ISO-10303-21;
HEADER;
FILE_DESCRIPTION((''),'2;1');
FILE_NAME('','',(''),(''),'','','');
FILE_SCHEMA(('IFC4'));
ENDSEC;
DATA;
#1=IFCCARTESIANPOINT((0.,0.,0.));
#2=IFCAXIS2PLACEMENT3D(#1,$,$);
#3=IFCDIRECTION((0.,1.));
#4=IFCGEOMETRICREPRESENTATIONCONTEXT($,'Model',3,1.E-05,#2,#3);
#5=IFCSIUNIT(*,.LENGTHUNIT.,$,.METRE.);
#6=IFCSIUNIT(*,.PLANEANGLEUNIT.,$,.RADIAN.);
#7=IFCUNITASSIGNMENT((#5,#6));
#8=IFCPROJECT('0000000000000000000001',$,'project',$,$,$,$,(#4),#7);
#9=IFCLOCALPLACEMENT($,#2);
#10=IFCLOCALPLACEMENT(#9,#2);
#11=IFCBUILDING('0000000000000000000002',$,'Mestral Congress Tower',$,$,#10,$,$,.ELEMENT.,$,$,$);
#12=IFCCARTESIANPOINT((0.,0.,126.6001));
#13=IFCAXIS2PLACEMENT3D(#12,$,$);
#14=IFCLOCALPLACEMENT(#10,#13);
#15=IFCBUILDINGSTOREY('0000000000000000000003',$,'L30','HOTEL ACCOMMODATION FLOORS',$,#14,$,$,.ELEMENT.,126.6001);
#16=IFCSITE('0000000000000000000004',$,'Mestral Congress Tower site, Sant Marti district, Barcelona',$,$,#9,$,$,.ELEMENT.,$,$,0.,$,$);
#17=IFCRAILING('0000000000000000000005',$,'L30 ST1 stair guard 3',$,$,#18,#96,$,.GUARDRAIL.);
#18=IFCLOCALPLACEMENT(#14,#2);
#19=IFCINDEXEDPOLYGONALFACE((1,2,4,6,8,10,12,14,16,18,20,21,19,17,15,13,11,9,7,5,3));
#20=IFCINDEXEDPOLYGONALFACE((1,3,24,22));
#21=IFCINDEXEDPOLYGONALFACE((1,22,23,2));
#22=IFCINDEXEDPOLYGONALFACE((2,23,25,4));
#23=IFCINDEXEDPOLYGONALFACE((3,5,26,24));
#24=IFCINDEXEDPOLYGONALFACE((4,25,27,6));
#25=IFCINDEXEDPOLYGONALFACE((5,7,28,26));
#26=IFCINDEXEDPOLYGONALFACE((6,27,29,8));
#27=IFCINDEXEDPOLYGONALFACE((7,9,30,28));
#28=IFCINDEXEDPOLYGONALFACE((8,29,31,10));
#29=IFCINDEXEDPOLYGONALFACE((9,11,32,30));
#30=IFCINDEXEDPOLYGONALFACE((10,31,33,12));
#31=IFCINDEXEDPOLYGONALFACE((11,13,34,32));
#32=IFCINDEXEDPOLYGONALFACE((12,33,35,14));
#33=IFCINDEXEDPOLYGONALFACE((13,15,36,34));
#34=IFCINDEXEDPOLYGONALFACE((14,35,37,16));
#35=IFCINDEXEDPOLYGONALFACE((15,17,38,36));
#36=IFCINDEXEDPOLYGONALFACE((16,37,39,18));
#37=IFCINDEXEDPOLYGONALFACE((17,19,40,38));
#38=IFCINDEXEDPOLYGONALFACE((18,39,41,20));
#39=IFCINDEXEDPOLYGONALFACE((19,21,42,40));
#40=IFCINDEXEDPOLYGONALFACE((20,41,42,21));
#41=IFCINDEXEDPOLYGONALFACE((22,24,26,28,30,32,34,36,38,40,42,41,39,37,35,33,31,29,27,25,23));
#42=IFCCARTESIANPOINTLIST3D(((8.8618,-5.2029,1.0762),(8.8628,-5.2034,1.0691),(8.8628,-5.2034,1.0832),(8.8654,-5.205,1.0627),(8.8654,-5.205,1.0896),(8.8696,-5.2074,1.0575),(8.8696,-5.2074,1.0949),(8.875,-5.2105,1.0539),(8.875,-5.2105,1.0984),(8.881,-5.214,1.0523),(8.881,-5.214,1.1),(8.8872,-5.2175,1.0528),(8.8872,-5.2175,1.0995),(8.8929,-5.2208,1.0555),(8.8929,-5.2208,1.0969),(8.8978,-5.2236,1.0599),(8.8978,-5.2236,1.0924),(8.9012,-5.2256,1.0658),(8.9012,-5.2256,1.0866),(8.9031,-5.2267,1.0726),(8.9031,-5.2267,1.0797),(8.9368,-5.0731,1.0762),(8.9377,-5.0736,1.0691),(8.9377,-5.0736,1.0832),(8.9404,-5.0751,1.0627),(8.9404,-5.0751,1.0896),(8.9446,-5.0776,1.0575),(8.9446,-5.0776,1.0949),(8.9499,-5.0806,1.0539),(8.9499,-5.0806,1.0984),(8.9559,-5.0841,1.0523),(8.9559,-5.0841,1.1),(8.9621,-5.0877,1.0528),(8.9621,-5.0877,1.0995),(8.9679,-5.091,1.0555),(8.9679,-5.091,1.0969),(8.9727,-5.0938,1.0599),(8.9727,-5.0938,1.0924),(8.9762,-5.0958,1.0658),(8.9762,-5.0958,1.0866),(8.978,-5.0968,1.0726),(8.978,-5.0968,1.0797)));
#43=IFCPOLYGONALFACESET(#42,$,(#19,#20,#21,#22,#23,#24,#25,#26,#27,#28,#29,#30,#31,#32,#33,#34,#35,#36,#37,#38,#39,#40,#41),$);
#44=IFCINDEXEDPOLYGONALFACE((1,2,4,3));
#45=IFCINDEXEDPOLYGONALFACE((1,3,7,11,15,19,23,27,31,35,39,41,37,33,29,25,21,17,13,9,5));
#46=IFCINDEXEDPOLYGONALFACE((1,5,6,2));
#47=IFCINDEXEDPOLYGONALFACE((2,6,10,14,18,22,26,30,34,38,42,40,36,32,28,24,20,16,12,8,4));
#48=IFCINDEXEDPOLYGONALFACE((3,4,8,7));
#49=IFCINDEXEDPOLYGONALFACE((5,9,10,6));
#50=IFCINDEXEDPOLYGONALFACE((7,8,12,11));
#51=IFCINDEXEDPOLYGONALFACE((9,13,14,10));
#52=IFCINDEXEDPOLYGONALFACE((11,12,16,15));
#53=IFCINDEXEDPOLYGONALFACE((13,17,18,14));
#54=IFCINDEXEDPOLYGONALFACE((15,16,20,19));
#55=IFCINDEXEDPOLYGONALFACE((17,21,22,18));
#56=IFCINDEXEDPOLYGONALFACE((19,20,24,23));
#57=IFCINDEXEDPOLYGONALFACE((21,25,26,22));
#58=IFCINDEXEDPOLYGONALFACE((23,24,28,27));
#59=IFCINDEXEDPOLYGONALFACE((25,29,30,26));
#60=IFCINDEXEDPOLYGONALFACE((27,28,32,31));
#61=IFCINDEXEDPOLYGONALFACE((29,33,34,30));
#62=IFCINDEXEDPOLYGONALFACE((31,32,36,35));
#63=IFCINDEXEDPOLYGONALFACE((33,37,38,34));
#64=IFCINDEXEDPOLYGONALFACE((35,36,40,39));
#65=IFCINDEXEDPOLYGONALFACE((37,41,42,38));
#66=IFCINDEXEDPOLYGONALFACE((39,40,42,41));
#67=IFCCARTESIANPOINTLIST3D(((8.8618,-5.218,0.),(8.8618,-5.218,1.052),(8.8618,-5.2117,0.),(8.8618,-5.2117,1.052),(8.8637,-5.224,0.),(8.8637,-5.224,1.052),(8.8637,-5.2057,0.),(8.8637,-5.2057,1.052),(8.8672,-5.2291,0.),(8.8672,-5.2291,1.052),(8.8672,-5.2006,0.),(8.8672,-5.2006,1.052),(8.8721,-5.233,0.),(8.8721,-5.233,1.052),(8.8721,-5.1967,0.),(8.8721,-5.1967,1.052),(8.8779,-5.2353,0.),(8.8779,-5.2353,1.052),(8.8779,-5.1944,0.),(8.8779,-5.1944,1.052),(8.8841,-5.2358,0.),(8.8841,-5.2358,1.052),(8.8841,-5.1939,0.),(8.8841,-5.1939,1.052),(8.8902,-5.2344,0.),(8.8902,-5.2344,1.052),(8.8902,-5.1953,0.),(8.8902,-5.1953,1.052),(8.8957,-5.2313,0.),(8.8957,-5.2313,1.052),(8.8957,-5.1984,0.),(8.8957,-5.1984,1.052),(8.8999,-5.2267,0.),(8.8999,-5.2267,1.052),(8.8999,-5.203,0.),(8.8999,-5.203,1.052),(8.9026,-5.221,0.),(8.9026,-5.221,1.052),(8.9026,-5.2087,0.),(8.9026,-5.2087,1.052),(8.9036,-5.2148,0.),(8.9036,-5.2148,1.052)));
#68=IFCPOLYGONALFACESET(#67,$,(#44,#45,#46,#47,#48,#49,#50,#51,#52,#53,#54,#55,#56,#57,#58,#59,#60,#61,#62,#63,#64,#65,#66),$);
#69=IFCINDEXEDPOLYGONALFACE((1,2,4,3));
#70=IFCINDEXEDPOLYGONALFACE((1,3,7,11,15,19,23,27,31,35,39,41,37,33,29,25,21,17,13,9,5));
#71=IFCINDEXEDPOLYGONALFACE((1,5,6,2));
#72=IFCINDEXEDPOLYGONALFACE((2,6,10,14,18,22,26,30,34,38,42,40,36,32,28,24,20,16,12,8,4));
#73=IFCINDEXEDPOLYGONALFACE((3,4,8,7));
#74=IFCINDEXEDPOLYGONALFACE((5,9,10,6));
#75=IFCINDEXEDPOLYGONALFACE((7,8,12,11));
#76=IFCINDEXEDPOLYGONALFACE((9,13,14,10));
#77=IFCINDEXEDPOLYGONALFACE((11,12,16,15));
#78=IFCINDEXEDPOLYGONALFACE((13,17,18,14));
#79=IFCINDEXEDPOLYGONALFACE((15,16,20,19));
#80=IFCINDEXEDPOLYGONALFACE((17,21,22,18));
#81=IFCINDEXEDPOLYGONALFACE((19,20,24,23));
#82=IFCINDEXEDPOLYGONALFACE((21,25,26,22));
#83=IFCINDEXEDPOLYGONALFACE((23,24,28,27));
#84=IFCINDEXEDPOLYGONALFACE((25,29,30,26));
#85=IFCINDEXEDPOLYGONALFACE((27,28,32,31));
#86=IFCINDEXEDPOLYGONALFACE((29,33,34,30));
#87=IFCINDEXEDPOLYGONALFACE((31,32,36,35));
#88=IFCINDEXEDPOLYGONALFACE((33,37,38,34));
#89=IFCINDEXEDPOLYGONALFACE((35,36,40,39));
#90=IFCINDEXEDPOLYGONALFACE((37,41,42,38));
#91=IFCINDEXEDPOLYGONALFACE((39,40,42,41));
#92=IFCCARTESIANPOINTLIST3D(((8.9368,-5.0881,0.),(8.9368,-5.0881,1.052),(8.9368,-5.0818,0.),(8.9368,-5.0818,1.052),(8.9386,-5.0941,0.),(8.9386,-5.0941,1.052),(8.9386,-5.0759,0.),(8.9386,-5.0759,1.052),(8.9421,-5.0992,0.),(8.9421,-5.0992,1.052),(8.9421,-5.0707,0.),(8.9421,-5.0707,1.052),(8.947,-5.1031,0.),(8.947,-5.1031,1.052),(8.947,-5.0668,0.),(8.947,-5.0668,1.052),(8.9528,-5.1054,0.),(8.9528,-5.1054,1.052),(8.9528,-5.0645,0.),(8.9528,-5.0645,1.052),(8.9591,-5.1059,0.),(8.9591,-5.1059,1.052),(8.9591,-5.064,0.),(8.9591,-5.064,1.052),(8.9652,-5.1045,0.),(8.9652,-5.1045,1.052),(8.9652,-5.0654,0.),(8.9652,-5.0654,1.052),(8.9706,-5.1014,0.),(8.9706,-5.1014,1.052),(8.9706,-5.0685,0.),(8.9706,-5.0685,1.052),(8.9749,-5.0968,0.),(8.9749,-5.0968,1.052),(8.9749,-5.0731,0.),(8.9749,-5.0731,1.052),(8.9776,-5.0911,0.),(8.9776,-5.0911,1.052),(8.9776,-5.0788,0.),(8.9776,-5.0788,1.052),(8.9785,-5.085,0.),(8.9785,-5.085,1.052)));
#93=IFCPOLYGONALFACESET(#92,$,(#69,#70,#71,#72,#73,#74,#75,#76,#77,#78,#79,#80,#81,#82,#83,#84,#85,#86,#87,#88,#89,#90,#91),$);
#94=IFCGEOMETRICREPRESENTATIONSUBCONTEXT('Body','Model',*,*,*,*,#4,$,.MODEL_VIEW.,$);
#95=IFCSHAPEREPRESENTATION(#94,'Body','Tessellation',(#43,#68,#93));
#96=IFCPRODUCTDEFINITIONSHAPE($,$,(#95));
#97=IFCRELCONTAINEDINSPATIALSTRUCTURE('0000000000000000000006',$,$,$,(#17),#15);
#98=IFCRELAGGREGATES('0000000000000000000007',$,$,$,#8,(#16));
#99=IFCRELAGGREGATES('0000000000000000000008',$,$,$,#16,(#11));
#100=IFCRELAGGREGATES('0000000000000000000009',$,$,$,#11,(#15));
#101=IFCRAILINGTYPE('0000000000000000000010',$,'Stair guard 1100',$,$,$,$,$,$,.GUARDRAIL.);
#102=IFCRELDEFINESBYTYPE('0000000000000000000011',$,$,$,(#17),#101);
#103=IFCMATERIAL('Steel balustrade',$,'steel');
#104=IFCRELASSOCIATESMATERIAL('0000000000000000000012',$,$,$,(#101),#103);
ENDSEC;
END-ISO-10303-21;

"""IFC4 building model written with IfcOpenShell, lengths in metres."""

from ifc_helpers import new_model, si_unit, direction, frame, origin, origin_2d, place, context, subcontext, project, spatial, circle, extrude, material, type_object, element, save


model = new_model("IFC4")

# Units and contexts
model_context = context("Model", 3, precision=1e-05, world=origin(), true_north=direction((0.0, 1.0)))
body_context = subcontext(model_context, "Body", "Model", "MODEL_VIEW")
ifc_project = project(units=[si_unit("LENGTHUNIT", "METRE"), si_unit("PLANEANGLEUNIT", "RADIAN")], contexts=[model_context])

# Site, building, storey
site_placement = place(None, origin())
site = spatial("IfcSite", under=ifc_project, at=site_placement, Name="Mestral Congress Tower site, Sant Marti district, Barcelona", CompositionType="ELEMENT", RefElevation=0.0)
building_placement = place(site_placement, origin())
building = spatial("IfcBuilding", under=site, at=building_placement, Name="Mestral Congress Tower", CompositionType="ELEMENT")
storey_placement = place(building_placement, frame((0.0, 0.0, 126.6001)))
storey = spatial("IfcBuildingStorey", under=building, at=storey_placement, Name="L30", Description="HOTEL ACCOMMODATION FLOORS", CompositionType="ELEMENT", Elevation=126.6001)

# Railing
ifc_material_1 = material(Name="Steel balustrade", Category="steel")
railing_type_1 = type_object("IfcRailingType", Name="Stair guard 1100", PredefinedType="GUARDRAIL", material=ifc_material_1)
railing_1_placement = place(storey_placement, frame((8.8826, -5.2148, 0.0)))
element("IfcRailing", 1, at=railing_1_placement, inside=storey, type_object=railing_type_1, Name="L30 ST1 stair guard 3", PredefinedType="GUARDRAIL", context=body_context, shape_type="SweptSolid", body=[
    extrude(circle(Radius=0.0239, at=origin_2d()), frame((0.0, 0.0, 1.0762), z_axis=(0.499816, 0.866131, 0.0), x_axis=(-0.866131, 0.499816, 0.0)), (0.0, 0.0, 1.0), 0.1499),
    extrude(circle(Radius=0.021, at=origin_2d()), origin(), (0.0, 0.0, 1.0), 1.052),
    extrude(circle(Radius=0.021, at=origin_2d()), frame((0.075, 0.1299, 0.0)), (0.0, 0.0, 1.0), 1.052),
])

save(model, "model.ifc")
